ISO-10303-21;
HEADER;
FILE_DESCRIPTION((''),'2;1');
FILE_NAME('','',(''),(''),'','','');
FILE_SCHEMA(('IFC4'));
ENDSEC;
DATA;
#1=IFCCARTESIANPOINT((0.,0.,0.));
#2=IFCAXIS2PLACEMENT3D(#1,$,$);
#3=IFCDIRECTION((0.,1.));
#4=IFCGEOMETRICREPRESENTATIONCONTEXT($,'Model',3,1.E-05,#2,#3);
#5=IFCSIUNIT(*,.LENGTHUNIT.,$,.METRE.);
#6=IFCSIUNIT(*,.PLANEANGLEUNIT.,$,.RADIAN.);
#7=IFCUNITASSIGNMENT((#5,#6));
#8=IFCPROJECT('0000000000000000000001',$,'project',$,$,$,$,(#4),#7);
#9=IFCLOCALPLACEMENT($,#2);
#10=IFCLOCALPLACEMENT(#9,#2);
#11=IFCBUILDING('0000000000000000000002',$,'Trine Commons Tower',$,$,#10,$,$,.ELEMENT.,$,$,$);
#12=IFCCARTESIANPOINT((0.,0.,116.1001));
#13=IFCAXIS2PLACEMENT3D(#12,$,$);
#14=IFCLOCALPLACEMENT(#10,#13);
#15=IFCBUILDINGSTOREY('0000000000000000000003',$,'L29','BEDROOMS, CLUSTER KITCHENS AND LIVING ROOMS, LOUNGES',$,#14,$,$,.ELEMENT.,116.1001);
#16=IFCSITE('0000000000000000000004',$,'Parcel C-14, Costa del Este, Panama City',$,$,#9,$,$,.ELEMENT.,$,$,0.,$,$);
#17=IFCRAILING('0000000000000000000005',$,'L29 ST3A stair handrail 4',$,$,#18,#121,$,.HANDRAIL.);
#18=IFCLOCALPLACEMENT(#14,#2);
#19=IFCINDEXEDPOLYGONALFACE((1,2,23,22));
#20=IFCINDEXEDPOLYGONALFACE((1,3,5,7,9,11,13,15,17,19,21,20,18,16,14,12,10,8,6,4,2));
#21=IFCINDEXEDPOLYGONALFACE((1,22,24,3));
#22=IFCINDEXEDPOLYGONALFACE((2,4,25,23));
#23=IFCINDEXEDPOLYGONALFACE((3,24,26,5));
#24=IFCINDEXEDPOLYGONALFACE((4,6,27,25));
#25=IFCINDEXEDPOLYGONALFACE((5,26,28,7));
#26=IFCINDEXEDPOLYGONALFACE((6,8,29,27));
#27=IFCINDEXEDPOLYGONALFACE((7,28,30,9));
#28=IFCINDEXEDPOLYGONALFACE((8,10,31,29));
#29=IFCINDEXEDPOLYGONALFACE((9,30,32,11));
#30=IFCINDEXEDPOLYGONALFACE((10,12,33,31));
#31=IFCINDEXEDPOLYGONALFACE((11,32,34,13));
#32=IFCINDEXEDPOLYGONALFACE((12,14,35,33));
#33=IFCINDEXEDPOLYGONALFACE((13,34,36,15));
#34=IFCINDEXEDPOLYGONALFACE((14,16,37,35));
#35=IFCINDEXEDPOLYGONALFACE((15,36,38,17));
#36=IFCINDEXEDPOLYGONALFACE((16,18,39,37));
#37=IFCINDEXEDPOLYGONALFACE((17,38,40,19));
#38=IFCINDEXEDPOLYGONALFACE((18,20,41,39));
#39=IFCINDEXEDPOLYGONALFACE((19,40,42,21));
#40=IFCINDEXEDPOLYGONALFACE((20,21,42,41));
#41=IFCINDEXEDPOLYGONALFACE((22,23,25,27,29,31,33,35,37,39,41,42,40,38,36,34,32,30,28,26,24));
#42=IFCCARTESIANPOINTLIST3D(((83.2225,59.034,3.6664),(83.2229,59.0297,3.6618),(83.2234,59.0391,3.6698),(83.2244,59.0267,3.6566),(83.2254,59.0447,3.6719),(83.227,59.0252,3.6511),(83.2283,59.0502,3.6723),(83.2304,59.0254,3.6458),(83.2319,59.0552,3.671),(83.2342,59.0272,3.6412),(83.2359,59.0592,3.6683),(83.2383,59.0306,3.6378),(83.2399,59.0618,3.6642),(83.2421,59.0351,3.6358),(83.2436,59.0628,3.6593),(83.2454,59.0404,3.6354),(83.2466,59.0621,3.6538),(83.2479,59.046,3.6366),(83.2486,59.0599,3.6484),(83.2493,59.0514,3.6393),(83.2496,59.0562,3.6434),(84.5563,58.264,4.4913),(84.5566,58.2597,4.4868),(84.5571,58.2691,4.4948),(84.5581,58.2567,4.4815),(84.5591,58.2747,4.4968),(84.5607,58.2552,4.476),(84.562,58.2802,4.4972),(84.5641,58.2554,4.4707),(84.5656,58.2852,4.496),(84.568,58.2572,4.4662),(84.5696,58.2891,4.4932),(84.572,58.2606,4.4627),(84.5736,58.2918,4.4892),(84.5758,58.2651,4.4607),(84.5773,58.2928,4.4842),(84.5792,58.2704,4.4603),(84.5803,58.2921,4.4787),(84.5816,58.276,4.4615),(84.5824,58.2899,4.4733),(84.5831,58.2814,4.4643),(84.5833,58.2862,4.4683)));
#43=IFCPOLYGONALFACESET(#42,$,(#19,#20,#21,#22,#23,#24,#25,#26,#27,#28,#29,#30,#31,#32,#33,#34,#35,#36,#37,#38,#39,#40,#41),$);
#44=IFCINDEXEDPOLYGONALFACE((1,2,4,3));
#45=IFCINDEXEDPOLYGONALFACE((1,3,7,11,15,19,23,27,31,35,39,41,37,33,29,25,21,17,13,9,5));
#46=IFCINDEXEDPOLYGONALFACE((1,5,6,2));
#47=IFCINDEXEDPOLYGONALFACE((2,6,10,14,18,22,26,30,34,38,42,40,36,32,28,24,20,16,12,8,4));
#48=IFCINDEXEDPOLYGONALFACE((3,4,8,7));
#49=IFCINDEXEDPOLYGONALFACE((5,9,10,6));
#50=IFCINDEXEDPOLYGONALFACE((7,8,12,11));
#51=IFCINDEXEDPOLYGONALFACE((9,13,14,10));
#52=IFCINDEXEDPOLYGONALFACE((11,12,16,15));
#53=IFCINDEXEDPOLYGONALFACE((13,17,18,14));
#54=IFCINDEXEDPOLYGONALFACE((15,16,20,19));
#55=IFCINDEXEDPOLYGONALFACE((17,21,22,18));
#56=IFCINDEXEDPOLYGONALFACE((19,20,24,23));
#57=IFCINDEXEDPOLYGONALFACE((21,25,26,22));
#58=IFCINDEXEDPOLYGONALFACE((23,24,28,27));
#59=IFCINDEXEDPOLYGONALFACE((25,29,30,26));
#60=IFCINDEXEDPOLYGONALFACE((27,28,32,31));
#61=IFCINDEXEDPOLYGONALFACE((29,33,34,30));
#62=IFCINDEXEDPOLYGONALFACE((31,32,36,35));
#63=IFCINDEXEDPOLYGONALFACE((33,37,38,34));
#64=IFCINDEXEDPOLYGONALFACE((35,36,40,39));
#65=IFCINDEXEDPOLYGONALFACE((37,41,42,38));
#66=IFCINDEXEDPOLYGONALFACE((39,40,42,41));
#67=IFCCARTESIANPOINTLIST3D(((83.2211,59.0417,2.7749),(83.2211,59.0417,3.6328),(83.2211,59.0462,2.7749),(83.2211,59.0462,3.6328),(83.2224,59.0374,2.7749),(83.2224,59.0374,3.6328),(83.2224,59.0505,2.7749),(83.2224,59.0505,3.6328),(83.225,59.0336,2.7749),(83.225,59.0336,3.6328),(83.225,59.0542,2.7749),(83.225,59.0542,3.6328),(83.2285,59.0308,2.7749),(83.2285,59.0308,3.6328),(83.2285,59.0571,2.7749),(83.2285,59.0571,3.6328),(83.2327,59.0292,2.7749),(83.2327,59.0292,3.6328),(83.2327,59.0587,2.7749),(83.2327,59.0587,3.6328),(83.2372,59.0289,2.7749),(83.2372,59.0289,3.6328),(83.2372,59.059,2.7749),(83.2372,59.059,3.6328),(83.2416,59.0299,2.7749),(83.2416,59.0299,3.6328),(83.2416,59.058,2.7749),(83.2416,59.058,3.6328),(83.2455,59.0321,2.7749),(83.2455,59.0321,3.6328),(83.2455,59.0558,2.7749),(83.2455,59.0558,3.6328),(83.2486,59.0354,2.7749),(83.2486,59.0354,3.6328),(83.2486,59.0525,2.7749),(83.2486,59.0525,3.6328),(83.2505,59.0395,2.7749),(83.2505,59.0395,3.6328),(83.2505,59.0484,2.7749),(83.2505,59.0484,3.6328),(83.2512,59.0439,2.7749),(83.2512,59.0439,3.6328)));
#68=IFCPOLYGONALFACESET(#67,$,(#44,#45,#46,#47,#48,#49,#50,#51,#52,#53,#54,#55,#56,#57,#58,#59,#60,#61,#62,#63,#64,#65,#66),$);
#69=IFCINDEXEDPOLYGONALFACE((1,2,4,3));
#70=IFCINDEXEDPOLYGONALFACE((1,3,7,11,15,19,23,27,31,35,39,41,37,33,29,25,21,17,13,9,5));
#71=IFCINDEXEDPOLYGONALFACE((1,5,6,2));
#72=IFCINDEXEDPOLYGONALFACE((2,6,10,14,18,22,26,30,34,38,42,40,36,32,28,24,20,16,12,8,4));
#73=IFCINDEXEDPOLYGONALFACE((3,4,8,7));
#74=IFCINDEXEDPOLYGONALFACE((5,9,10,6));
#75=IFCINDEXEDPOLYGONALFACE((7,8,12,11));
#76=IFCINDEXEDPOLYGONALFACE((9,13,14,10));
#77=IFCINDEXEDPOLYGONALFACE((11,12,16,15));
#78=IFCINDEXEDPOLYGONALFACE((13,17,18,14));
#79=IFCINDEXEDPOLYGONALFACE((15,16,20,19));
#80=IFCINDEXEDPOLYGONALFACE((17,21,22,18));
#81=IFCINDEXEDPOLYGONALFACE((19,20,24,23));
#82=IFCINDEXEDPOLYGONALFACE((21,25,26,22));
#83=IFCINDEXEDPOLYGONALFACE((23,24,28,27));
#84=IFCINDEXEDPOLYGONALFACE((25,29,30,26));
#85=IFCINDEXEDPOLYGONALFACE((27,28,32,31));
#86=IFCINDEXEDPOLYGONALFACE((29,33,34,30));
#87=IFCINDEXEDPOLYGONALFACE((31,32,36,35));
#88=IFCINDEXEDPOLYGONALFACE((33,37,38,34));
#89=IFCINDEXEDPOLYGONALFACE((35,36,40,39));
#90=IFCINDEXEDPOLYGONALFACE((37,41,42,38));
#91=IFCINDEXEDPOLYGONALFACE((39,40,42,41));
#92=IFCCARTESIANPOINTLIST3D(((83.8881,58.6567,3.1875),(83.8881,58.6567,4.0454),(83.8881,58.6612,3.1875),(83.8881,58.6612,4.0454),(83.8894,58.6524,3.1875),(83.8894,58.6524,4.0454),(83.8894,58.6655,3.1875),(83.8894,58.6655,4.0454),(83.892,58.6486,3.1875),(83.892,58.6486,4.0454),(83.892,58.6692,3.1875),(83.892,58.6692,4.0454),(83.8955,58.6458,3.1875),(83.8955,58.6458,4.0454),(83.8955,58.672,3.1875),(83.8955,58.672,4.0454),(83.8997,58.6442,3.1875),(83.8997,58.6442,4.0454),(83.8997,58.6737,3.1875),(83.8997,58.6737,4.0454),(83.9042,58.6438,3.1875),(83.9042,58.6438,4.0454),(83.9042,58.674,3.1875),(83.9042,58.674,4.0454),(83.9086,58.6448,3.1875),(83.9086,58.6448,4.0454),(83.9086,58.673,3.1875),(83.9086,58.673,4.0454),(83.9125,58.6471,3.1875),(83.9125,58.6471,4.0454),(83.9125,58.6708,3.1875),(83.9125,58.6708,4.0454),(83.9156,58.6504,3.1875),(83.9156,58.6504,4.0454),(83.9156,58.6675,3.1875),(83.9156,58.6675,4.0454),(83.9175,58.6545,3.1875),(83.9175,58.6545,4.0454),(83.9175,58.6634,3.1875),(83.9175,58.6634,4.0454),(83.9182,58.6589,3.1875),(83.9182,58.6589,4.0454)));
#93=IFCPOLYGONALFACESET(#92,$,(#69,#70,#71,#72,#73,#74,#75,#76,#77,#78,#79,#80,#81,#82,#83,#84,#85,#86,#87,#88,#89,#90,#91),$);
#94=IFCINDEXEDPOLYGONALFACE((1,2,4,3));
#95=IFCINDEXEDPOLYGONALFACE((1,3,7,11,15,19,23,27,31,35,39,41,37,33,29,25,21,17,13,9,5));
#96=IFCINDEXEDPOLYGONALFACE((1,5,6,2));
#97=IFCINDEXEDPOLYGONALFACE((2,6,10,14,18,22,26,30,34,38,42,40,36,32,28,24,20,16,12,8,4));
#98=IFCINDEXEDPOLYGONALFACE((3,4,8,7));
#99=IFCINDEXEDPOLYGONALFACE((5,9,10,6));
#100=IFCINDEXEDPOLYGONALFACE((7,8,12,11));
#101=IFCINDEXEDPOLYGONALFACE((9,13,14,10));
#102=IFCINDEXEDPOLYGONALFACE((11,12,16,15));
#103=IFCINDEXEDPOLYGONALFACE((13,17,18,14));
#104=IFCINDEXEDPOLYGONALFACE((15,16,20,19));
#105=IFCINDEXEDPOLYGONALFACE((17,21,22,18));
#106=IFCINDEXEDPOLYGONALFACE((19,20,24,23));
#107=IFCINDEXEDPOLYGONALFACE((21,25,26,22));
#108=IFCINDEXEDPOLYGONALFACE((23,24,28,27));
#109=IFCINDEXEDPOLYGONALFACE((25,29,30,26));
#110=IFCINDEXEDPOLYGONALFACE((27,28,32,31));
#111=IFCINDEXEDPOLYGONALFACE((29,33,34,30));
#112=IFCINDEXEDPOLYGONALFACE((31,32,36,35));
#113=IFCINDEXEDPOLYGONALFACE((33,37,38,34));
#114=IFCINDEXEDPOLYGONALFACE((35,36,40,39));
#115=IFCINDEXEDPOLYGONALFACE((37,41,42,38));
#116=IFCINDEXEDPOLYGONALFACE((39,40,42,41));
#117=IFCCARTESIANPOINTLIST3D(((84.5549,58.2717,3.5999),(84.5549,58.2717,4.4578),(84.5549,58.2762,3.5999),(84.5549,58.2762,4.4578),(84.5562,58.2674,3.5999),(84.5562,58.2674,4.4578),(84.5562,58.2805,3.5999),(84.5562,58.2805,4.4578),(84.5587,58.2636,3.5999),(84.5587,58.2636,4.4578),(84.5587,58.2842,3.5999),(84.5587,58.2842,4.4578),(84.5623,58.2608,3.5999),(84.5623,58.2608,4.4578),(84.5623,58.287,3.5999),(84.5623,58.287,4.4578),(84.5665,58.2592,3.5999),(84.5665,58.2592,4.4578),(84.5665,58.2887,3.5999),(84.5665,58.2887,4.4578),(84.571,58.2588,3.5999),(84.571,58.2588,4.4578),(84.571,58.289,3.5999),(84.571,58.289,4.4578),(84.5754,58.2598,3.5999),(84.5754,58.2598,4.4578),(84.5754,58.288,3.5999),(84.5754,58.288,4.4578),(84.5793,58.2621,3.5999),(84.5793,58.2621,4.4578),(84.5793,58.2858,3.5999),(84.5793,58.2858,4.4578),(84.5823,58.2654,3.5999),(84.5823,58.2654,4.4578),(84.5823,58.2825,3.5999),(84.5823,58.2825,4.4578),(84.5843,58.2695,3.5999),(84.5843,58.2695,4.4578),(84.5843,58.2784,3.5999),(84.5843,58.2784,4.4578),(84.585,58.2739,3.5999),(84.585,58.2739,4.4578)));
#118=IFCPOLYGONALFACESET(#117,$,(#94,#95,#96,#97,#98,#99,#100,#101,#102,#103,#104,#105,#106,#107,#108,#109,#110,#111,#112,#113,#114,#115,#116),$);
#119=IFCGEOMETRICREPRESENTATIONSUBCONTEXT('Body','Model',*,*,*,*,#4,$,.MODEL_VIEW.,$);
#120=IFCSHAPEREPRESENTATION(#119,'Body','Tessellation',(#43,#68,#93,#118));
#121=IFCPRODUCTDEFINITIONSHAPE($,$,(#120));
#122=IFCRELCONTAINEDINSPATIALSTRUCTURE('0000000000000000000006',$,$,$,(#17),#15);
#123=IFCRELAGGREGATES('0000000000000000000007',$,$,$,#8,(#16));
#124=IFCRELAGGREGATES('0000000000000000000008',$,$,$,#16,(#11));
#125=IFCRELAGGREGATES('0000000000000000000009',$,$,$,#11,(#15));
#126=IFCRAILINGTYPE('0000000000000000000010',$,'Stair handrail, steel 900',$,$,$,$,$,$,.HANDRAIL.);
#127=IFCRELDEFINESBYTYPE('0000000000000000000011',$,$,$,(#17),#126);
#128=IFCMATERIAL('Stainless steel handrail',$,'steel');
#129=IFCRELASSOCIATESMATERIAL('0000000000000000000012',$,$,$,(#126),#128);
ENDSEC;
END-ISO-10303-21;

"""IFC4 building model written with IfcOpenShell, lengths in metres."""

from ifc_helpers import new_model, si_unit, direction, frame, origin, origin_2d, place, context, subcontext, project, spatial, circle, extrude, material, type_object, element, save


model = new_model("IFC4")

# Units and contexts
model_context = context("Model", 3, precision=1e-05, world=origin(), true_north=direction((0.0, 1.0)))
body_context = subcontext(model_context, "Body", "Model", "MODEL_VIEW")
ifc_project = project(units=[si_unit("LENGTHUNIT", "METRE"), si_unit("PLANEANGLEUNIT", "RADIAN")], contexts=[model_context])

# Site, building, storey
site_placement = place(None, origin())
site = spatial("IfcSite", under=ifc_project, at=site_placement, Name="Parcel C-14, Costa del Este, Panama City", CompositionType="ELEMENT", RefElevation=0.0)
building_placement = place(site_placement, origin())
building = spatial("IfcBuilding", under=site, at=building_placement, Name="Trine Commons Tower", CompositionType="ELEMENT")
storey_placement = place(building_placement, frame((0.0, 0.0, 116.1001)))
storey = spatial("IfcBuildingStorey", under=building, at=storey_placement, Name="L29", Description="BEDROOMS, CLUSTER KITCHENS AND LIVING ROOMS, LOUNGES", CompositionType="ELEMENT", Elevation=116.1001)

# Railing
ifc_material_1 = material(Name="Stainless steel handrail", Category="steel")
railing_type_1 = type_object("IfcRailingType", Name="Stair handrail, steel 900", PredefinedType="HANDRAIL", material=ifc_material_1)
for number, where, name in (
    (1, (83.2361, 59.0439, 2.7749), "L29 ST3A stair handrail 4"),
):
    element("IfcRailing", number, at=place(storey_placement, frame(where)), inside=storey, type_object=railing_type_1, Name=name, PredefinedType="HANDRAIL", context=body_context, shape_type="SweptSolid", body=[
        extrude(circle(Radius=0.021, at=origin_2d()), frame((0.0, 0.0, 0.8789), z_axis=(0.763405, -0.440743, 0.472185), x_axis=(0.499992, 0.86603, 0.0)), (0.0, 0.0, 1.0), 1.7471),
        extrude(circle(Radius=0.0151, at=origin_2d()), origin(), (0.0, 0.0, 1.0), 0.8579),
        extrude(circle(Radius=0.0151, at=origin_2d()), frame((0.667, -0.385, 0.4126)), (0.0, 0.0, 1.0), 0.8579),
        extrude(circle(Radius=0.0151, at=origin_2d()), frame((1.3337, -0.77, 0.825)), (0.0, 0.0, 1.0), 0.8579),
    ])

save(model, "model.ifc")
